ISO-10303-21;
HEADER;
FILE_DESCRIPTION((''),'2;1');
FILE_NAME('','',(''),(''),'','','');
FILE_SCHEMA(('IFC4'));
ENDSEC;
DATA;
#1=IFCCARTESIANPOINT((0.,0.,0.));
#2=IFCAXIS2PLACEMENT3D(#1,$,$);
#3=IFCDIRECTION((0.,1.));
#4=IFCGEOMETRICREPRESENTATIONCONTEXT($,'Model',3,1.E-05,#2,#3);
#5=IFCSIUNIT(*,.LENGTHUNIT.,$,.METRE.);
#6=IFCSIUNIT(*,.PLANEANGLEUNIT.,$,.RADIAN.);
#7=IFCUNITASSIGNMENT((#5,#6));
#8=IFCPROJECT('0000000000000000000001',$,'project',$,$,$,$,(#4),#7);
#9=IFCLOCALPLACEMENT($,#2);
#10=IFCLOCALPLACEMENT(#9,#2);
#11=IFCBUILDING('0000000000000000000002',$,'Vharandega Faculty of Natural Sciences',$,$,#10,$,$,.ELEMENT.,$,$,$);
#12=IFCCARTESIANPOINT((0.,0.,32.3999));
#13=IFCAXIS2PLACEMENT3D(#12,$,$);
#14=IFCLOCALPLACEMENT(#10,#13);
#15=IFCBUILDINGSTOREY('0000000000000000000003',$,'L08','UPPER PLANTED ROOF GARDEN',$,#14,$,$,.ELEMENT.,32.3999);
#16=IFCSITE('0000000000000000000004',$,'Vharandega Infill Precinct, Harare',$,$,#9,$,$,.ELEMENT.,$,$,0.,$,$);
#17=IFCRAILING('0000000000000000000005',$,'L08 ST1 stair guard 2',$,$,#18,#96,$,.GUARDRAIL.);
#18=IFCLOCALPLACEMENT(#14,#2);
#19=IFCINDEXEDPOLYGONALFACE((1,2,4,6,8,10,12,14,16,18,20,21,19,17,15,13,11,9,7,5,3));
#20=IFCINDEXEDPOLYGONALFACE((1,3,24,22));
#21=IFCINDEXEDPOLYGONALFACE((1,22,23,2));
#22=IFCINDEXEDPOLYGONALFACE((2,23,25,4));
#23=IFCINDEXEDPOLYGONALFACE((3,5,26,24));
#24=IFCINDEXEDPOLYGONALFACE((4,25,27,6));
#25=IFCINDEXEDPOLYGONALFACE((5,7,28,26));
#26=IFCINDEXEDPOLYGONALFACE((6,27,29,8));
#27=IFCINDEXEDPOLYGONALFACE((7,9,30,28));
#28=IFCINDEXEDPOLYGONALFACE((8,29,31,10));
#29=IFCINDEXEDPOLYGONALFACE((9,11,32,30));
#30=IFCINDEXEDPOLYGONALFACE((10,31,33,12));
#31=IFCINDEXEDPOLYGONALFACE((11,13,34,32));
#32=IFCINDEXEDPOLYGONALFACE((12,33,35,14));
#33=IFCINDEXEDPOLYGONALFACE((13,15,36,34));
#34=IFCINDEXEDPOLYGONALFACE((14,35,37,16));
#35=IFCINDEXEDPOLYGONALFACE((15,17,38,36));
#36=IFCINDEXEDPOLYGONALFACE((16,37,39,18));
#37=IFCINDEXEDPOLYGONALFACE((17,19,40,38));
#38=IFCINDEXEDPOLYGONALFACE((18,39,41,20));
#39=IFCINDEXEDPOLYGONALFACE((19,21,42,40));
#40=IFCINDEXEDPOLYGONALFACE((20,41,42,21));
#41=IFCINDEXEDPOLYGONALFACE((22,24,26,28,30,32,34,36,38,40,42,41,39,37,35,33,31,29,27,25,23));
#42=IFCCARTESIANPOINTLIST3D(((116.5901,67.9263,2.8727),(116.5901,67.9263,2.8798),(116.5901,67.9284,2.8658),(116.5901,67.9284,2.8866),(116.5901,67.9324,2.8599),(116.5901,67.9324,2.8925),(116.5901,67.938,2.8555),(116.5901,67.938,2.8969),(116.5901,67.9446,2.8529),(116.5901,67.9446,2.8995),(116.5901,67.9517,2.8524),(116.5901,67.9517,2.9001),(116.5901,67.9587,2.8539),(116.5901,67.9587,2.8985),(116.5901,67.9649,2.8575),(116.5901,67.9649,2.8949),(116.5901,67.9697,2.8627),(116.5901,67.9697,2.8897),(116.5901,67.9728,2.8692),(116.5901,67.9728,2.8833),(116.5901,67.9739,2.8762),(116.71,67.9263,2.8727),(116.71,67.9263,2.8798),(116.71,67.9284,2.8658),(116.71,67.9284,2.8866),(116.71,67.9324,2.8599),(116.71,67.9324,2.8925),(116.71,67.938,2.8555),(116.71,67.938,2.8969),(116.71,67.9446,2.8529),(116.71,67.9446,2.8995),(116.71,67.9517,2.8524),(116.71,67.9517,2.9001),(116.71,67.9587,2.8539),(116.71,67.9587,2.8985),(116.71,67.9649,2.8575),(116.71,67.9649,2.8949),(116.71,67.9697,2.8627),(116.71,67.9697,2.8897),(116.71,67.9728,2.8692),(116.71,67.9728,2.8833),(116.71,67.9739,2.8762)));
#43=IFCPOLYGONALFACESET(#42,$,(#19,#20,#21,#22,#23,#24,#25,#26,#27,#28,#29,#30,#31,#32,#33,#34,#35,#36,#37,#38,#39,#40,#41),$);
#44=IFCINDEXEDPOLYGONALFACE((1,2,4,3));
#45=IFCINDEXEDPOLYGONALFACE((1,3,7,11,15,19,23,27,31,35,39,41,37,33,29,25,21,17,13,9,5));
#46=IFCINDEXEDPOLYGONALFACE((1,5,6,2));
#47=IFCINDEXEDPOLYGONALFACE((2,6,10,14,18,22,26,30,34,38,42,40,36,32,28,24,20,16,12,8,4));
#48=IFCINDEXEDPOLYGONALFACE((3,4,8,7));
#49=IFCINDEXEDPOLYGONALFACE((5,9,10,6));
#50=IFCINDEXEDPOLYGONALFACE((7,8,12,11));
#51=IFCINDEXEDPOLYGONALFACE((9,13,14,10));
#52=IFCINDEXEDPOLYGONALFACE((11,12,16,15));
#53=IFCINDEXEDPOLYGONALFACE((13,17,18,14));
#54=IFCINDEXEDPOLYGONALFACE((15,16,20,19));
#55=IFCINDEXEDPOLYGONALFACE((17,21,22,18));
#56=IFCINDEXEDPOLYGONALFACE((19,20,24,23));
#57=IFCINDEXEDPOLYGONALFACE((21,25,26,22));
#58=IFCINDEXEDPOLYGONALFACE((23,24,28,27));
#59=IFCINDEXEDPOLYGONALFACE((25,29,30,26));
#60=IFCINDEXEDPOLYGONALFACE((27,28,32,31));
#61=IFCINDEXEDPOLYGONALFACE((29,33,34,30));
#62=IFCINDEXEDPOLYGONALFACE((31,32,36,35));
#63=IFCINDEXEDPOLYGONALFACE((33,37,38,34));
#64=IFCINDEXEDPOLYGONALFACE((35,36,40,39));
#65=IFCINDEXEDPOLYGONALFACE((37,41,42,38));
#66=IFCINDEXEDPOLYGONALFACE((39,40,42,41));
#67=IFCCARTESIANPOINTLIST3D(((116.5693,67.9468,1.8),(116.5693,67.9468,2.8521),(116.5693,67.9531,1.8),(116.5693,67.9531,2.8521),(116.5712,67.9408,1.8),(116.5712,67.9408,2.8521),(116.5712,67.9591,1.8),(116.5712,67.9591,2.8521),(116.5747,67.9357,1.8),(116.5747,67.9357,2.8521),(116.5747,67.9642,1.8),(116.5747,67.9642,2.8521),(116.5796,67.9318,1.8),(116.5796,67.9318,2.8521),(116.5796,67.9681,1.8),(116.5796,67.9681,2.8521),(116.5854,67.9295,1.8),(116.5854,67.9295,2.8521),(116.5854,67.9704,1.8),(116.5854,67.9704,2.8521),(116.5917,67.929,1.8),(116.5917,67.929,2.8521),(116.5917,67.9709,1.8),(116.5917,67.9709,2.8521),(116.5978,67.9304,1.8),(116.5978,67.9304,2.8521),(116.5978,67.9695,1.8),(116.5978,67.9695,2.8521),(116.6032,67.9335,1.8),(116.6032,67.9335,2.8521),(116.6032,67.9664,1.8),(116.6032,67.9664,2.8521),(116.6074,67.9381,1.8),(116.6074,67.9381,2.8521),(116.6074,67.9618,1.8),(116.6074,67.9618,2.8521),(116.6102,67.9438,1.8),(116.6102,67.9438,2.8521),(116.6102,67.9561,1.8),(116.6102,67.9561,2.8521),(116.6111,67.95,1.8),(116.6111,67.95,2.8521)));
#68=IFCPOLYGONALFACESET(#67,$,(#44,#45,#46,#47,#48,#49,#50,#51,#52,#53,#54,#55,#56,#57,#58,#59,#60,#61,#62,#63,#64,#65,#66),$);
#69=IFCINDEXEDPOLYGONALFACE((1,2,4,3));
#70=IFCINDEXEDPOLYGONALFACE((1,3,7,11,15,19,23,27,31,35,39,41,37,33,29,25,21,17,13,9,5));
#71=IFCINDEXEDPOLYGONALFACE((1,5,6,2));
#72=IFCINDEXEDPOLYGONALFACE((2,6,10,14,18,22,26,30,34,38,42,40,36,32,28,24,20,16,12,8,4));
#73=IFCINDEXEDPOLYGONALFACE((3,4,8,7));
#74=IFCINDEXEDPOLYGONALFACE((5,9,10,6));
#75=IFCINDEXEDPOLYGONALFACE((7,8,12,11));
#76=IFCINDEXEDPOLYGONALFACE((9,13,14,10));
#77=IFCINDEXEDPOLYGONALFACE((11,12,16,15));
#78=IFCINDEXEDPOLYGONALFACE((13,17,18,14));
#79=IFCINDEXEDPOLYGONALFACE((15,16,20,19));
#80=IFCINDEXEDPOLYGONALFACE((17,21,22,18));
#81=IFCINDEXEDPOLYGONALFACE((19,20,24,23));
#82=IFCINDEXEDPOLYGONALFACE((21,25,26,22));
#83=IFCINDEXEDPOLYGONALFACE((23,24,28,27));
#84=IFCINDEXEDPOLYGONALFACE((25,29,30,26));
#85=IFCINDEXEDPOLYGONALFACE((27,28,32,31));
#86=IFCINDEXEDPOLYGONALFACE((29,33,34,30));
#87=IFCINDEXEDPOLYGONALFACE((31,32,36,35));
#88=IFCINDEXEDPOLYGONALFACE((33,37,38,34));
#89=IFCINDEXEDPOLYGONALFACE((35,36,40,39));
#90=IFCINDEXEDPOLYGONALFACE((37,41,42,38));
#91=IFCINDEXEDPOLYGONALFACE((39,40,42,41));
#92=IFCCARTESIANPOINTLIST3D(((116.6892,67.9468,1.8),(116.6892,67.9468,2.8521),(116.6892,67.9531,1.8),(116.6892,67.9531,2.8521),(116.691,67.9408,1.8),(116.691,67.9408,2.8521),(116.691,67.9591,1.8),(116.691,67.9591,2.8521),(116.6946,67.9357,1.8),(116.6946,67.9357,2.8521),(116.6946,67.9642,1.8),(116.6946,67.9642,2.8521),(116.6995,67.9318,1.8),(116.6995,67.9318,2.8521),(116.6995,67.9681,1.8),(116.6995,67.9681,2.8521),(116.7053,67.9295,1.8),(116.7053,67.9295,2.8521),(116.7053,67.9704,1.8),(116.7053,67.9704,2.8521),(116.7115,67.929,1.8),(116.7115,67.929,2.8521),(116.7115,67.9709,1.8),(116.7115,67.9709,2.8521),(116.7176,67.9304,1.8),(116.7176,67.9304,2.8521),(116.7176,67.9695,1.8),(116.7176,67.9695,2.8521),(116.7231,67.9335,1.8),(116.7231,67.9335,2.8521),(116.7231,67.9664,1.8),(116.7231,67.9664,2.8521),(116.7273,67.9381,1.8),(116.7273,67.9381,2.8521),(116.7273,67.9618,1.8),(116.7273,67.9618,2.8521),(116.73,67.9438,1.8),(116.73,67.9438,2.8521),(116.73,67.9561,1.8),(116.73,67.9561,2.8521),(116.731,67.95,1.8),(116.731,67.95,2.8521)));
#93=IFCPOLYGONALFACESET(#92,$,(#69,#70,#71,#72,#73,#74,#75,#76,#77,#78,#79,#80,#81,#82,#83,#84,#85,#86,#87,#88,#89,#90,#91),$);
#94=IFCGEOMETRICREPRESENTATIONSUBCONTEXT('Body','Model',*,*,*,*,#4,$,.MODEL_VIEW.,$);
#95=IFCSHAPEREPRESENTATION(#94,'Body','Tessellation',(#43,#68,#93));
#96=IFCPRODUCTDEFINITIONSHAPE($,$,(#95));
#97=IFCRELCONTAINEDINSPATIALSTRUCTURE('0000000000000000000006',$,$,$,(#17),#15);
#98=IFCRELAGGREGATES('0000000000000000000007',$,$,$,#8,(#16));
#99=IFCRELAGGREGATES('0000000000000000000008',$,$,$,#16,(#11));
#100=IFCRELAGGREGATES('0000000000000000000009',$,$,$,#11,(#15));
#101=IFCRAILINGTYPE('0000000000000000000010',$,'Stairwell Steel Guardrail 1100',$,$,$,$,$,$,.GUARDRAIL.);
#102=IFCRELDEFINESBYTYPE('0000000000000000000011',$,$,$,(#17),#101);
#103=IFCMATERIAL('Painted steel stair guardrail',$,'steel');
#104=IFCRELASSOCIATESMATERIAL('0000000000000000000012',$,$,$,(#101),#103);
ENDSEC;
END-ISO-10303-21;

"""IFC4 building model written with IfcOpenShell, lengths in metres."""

from ifc_helpers import new_model, si_unit, direction, frame, origin, origin_2d, place, context, subcontext, project, spatial, circle, extrude, material, type_object, element, save


model = new_model("IFC4")

# Units and contexts
model_context = context("Model", 3, precision=1e-05, world=origin(), true_north=direction((0.0, 1.0)))
body_context = subcontext(model_context, "Body", "Model", "MODEL_VIEW")
ifc_project = project(units=[si_unit("LENGTHUNIT", "METRE"), si_unit("PLANEANGLEUNIT", "RADIAN")], contexts=[model_context])

# Site, building, storey
site_placement = place(None, origin())
site = spatial("IfcSite", under=ifc_project, at=site_placement, Name="Vharandega Infill Precinct, Harare", CompositionType="ELEMENT", RefElevation=0.0)
building_placement = place(site_placement, origin())
building = spatial("IfcBuilding", under=site, at=building_placement, Name="Vharandega Faculty of Natural Sciences", CompositionType="ELEMENT")
storey_placement = place(building_placement, frame((0.0, 0.0, 32.3999)))
storey = spatial("IfcBuildingStorey", under=building, at=storey_placement, Name="L08", Description="UPPER PLANTED ROOF GARDEN", CompositionType="ELEMENT", Elevation=32.3999)

# Railing
ifc_material_1 = material(Name="Painted steel stair guardrail", Category="steel")
railing_type_1 = type_object("IfcRailingType", Name="Stairwell Steel Guardrail 1100", PredefinedType="GUARDRAIL", material=ifc_material_1)
railing_1_placement = place(storey_placement, frame((116.5901, 67.95, 1.8)))
element("IfcRailing", 1, at=railing_1_placement, inside=storey, type_object=railing_type_1, Name="L08 ST1 stair guard 2", PredefinedType="GUARDRAIL", context=body_context, shape_type="SweptSolid", body=[
    extrude(circle(Radius=0.0239, at=origin_2d()), frame((0.0, 0.0, 1.0762), z_axis=(1.0, 0.0, 0.0), x_axis=(0.0, 1.0, 0.0)), (0.0, 0.0, 1.0), 0.1199),
    extrude(circle(Radius=0.021, at=origin_2d()), origin(), (0.0, 0.0, 1.0), 1.052),
    extrude(circle(Radius=0.021, at=origin_2d()), frame((0.1199, 0.0, 0.0)), (0.0, 0.0, 1.0), 1.052),
])

save(model, "model.ifc")
